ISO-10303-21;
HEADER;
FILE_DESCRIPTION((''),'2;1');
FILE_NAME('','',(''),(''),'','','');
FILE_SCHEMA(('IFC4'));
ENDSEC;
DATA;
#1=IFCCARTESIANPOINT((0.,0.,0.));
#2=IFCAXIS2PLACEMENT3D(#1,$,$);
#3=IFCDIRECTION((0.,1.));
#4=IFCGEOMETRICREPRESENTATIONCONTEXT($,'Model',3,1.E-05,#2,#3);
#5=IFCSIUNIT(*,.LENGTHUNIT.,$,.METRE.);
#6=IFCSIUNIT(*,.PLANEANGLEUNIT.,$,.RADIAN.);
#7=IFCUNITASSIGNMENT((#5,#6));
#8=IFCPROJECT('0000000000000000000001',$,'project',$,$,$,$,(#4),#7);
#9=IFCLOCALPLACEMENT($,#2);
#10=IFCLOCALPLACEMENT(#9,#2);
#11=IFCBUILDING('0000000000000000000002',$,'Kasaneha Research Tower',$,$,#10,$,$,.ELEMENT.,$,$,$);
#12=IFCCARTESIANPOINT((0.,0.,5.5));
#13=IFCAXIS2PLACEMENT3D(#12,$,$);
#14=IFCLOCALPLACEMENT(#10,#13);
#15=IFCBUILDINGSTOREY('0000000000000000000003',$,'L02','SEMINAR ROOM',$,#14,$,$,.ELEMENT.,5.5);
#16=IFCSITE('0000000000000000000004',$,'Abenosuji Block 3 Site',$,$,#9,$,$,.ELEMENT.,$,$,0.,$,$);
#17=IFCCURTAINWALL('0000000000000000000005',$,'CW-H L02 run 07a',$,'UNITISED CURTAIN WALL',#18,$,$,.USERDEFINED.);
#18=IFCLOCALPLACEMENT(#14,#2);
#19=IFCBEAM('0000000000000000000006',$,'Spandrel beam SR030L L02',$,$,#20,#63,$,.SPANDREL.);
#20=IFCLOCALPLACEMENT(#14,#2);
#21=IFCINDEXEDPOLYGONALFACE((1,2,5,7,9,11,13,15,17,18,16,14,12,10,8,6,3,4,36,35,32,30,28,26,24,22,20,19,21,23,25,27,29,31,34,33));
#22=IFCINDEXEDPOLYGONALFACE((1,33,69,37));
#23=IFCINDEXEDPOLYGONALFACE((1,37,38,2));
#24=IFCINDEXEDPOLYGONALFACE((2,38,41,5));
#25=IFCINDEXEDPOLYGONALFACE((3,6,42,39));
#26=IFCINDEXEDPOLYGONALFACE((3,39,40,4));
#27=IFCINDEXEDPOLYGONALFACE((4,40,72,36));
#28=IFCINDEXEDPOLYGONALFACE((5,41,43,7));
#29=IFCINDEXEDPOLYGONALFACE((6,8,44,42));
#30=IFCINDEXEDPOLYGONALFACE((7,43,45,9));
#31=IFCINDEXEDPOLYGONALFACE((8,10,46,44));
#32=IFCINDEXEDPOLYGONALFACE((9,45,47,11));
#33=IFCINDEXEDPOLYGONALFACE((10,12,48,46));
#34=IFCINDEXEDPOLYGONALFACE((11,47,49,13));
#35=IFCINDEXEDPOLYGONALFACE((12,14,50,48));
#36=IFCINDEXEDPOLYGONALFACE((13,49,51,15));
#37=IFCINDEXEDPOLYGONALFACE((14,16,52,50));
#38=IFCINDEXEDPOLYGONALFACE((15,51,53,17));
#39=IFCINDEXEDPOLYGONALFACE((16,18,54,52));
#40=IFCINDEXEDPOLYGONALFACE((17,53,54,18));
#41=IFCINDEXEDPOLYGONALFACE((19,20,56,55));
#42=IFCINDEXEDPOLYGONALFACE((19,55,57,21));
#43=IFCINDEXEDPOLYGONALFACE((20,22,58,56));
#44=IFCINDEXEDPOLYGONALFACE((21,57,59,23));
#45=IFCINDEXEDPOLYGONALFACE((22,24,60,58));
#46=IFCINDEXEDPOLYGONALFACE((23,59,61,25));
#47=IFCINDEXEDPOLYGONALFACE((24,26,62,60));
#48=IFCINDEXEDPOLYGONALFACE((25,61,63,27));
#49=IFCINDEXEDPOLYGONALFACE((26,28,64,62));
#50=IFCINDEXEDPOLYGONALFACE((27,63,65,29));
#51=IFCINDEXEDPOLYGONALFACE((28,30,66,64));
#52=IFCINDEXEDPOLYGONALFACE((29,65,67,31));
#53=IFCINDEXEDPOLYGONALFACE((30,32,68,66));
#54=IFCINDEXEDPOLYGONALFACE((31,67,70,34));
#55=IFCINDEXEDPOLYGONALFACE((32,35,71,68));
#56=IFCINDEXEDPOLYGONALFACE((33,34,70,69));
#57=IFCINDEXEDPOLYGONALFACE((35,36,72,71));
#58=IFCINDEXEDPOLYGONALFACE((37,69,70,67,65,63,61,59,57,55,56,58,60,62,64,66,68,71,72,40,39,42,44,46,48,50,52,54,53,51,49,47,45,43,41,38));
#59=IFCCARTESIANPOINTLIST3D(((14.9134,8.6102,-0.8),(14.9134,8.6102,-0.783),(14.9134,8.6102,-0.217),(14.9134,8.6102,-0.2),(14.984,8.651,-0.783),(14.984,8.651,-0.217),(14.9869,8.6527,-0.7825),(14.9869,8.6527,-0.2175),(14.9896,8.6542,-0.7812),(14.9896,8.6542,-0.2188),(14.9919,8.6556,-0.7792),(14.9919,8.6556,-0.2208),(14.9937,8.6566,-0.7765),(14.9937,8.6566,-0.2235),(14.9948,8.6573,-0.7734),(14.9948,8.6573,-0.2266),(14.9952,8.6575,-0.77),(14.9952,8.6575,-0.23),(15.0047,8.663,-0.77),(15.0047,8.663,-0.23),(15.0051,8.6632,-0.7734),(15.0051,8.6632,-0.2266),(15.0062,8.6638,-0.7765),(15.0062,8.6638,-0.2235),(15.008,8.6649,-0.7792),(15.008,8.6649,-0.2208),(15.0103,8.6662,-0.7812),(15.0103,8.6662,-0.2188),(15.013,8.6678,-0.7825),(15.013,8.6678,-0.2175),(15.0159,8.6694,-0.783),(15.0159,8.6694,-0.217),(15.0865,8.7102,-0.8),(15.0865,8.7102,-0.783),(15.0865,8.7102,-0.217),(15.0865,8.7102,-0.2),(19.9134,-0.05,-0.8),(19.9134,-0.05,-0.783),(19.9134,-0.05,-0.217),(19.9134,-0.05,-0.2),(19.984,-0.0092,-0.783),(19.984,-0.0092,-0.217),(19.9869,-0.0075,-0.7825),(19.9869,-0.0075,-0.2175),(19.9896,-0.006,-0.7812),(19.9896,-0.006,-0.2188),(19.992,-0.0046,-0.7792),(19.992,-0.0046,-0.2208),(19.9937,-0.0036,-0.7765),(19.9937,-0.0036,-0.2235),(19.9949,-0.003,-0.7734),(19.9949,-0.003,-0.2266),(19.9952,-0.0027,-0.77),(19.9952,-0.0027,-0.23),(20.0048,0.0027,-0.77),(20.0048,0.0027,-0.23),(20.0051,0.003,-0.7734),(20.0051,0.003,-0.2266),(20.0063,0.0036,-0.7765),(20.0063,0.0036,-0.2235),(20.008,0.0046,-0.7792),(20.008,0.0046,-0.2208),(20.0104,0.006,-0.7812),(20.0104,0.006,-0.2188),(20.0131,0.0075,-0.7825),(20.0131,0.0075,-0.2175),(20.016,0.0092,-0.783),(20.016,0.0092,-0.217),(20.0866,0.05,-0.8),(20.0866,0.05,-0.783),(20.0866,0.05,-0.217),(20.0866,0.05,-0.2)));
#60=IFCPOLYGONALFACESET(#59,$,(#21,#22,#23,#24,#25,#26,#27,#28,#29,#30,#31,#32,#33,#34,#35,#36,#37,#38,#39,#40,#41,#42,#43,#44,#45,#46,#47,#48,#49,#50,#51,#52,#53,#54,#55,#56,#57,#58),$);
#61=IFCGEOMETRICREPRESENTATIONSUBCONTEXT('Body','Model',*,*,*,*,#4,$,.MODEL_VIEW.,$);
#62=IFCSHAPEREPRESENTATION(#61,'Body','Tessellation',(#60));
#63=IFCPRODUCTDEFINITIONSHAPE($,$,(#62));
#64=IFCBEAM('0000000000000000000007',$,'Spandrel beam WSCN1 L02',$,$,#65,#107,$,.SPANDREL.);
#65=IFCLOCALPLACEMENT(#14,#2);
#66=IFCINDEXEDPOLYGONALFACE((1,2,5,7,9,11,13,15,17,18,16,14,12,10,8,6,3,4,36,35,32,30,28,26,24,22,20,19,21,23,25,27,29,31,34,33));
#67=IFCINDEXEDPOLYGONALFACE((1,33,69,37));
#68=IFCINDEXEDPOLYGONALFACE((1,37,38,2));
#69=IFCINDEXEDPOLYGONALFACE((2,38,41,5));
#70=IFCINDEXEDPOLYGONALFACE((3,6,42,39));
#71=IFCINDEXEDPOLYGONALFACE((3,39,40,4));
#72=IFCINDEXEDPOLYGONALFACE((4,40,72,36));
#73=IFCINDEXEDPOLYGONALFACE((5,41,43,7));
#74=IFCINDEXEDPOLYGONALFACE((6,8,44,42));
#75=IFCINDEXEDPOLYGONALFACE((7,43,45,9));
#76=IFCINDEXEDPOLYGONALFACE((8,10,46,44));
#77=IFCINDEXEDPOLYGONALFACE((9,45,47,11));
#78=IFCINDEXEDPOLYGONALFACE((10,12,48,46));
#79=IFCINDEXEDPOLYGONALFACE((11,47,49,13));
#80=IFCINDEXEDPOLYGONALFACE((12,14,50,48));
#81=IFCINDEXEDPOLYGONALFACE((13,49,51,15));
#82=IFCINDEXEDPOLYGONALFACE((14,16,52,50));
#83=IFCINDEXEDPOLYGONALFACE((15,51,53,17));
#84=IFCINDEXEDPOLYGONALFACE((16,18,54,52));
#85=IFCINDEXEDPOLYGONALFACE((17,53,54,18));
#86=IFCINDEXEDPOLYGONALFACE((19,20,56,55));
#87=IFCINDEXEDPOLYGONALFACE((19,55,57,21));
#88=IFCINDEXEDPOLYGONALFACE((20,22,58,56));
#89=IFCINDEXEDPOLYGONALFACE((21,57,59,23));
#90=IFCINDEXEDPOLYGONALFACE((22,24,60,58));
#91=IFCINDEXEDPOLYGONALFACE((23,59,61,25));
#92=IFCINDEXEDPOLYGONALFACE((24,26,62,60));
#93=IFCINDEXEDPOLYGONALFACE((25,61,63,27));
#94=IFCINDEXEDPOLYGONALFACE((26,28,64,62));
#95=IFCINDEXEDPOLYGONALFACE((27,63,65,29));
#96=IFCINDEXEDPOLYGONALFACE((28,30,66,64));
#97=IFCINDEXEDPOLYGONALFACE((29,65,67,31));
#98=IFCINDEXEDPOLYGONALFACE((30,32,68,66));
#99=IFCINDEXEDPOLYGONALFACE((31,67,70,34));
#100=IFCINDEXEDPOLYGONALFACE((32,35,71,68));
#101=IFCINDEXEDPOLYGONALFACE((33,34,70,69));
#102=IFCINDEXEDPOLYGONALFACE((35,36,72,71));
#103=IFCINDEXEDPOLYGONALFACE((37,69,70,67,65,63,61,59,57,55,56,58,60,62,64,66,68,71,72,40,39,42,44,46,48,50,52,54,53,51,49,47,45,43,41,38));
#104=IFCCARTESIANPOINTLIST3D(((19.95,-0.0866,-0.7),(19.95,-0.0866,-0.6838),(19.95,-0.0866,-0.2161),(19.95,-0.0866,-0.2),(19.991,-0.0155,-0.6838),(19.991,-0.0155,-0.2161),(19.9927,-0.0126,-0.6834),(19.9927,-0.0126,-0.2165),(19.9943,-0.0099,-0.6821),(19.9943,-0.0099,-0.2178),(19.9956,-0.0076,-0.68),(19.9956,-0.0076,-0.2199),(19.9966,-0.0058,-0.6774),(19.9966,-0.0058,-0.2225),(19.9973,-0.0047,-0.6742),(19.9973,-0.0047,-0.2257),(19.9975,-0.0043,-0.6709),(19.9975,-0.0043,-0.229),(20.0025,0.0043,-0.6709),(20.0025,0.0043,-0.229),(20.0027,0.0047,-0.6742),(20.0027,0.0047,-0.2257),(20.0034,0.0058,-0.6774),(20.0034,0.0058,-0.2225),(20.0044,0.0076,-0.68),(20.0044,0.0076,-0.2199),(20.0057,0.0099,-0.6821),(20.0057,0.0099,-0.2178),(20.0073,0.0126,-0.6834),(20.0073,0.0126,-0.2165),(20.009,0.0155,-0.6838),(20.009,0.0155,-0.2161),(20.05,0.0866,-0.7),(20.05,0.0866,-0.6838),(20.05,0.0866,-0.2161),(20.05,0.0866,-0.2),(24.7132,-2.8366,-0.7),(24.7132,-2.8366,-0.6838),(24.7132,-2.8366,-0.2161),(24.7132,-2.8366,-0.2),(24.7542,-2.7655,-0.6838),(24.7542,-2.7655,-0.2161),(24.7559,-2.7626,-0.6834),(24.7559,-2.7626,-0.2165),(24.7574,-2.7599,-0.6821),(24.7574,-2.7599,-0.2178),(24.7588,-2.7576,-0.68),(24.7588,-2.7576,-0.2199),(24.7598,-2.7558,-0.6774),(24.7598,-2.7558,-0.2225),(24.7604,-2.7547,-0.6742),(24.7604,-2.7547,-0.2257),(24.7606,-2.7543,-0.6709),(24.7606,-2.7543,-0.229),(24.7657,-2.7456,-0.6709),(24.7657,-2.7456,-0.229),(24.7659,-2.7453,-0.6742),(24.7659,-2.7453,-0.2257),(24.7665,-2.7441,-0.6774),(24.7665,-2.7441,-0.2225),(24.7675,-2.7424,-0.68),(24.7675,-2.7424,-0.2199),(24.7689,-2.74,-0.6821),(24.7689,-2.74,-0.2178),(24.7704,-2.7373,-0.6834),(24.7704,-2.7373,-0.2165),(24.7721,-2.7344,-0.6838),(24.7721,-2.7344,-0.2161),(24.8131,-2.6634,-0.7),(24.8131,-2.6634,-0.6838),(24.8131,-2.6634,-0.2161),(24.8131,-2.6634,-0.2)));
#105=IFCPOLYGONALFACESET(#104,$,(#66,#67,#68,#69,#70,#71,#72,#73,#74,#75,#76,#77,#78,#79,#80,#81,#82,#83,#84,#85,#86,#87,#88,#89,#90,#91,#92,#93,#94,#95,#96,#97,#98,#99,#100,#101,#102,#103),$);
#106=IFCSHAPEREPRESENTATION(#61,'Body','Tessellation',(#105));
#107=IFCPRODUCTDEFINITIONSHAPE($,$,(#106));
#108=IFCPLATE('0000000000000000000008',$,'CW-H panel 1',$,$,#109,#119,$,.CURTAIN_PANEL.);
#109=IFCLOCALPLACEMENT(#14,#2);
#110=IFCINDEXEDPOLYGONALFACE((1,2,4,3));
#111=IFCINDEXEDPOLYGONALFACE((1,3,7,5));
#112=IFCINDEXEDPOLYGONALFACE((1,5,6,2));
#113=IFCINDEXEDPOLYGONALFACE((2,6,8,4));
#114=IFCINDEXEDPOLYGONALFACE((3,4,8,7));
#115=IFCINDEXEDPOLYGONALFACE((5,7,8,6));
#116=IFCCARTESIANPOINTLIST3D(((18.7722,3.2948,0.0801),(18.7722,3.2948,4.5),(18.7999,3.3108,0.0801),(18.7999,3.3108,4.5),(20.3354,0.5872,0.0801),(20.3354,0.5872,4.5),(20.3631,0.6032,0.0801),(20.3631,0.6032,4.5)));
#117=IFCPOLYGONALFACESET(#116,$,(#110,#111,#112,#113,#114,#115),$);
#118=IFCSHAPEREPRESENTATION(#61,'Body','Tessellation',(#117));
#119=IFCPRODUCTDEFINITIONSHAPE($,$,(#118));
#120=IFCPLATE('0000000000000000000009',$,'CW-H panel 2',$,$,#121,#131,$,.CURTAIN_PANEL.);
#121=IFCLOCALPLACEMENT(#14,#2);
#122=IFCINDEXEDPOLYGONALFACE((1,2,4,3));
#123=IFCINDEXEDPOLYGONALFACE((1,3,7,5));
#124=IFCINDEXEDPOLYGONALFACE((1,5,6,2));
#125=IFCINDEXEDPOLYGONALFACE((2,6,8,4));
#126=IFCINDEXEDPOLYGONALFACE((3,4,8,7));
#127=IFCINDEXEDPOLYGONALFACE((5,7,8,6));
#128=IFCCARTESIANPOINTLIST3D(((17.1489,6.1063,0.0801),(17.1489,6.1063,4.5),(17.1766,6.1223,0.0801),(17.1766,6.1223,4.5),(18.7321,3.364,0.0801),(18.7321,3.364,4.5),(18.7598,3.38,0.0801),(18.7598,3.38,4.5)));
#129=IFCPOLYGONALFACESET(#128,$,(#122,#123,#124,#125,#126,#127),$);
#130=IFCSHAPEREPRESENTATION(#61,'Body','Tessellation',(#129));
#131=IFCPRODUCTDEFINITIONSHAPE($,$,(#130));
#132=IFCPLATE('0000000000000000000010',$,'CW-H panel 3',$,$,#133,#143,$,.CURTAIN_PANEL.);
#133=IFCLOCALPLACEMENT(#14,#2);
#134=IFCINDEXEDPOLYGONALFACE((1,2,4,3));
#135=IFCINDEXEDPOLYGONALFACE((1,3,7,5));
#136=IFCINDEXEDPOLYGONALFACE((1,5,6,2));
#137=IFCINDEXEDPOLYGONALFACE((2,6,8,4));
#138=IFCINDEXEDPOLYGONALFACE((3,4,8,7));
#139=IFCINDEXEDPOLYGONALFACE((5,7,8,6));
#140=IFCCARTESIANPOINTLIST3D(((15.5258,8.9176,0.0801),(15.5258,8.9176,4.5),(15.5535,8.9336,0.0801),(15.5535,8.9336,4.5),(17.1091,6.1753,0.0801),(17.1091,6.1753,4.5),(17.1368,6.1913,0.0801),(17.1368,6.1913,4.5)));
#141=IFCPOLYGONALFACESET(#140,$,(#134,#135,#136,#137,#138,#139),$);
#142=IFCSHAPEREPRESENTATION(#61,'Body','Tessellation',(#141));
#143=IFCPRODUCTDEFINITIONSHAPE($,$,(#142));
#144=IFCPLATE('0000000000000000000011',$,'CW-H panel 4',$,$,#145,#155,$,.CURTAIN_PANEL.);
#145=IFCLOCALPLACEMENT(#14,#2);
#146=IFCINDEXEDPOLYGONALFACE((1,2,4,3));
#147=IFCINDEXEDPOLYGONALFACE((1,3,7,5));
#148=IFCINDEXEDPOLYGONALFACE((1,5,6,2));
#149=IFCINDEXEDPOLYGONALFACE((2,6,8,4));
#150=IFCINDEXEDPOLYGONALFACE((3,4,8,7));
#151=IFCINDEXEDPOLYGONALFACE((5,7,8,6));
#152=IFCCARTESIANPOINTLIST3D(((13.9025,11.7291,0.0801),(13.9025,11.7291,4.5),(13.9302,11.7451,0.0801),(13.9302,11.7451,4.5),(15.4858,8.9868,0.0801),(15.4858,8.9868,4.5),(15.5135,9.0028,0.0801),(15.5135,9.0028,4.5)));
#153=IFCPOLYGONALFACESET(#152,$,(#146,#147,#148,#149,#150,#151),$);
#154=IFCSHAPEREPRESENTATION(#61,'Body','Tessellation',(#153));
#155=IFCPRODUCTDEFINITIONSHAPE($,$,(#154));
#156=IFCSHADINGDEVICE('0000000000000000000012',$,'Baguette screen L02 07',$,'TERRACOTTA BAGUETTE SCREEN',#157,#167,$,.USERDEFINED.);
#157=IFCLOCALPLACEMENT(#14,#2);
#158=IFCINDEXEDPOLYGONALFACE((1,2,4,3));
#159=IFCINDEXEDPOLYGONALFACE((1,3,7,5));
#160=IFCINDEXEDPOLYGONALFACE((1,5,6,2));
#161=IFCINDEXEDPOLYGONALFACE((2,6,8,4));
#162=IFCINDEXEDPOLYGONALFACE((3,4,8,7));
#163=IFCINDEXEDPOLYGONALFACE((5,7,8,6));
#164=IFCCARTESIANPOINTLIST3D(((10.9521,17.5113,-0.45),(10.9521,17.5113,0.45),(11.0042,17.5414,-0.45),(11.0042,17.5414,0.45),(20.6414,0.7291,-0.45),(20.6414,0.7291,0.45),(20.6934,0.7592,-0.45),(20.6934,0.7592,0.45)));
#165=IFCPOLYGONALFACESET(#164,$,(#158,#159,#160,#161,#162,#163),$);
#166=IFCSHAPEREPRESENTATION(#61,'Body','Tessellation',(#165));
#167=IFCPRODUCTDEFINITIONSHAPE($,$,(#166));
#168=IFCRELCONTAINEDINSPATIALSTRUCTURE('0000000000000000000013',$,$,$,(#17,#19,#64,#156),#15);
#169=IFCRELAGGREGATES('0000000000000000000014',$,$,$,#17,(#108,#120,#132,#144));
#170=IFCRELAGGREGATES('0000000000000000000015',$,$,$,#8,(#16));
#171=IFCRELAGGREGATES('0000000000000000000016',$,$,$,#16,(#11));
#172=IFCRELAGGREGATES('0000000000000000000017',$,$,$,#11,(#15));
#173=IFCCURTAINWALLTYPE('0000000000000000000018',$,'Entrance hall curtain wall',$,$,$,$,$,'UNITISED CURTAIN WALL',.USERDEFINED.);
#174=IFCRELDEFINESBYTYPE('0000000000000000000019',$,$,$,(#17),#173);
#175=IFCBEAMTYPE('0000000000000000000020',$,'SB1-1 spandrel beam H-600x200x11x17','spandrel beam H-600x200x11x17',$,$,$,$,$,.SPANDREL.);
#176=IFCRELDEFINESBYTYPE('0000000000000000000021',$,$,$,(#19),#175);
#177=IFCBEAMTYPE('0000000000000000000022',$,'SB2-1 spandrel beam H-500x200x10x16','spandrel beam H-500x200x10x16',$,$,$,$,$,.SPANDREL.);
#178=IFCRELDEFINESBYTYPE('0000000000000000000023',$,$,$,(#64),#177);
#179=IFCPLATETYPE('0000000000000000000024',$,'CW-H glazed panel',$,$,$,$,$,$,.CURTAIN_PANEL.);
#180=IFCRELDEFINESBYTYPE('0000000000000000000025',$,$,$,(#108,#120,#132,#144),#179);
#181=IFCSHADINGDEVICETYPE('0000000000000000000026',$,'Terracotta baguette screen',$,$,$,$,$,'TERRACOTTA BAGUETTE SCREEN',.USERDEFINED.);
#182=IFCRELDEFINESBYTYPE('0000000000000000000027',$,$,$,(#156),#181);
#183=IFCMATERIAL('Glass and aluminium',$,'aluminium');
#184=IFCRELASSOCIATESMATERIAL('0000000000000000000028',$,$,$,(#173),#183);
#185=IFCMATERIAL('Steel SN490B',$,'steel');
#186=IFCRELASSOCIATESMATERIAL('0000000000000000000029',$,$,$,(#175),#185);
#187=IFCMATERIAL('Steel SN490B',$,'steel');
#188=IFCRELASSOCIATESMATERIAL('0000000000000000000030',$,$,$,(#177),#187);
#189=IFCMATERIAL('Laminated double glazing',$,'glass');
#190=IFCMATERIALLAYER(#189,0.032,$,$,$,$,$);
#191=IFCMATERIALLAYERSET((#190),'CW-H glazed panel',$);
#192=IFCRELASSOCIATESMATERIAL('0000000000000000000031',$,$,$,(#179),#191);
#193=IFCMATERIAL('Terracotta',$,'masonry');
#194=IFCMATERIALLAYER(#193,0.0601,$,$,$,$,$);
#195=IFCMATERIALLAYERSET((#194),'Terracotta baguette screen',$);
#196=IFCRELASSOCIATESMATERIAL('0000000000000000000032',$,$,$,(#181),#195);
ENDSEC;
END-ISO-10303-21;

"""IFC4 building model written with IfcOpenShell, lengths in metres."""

from ifc_helpers import new_model, si_unit, direction, frame, origin, origin_2d, place, context, subcontext, project, spatial, rectangle, i_section, extrude, material, layer, layer_set, material_profile, profile_set, type_object, element, aggregate, save


model = new_model("IFC4")

# Units and contexts
model_context = context("Model", 3, precision=1e-05, world=origin(), true_north=direction((0.0, 1.0)))
body_context = subcontext(model_context, "Body", "Model", "MODEL_VIEW")
ifc_project = project(units=[si_unit("LENGTHUNIT", "METRE"), si_unit("PLANEANGLEUNIT", "RADIAN")], contexts=[model_context])

# Site, building, storey
site_placement = place(None, origin())
site = spatial("IfcSite", under=ifc_project, at=site_placement, Name="Abenosuji Block 3 Site", CompositionType="ELEMENT", RefElevation=0.0)
building_placement = place(site_placement, origin())
building = spatial("IfcBuilding", under=site, at=building_placement, Name="Kasaneha Research Tower", CompositionType="ELEMENT")
storey_placement = place(building_placement, frame((0.0, 0.0, 5.5)))
storey = spatial("IfcBuildingStorey", under=building, at=storey_placement, Name="L02", Description="SEMINAR ROOM", CompositionType="ELEMENT", Elevation=5.5)

# Shared definitions
ifc_material_1 = material(Name="Glass and aluminium", Category="aluminium")
curtain_wall_type = type_object("IfcCurtainWallType", Name="Entrance hall curtain wall", ElementType="UNITISED CURTAIN WALL", PredefinedType="USERDEFINED", material=ifc_material_1)

# Curtain wall
curtain_wall_1_placement = place(storey_placement, origin())
curtain_wall_1 = element("IfcCurtainWall", 1, at=curtain_wall_1_placement, inside=storey, type_object=curtain_wall_type, Name="CW-H L02 run 07a", ObjectType="UNITISED CURTAIN WALL", PredefinedType="USERDEFINED")

# Beams
ifc_material_2 = material(Name="Steel SN490B", Category="steel")
ifc_material_profile_1 = material_profile(ifc_material_2, i_section(OverallWidth=0.2, OverallDepth=0.6001, WebThickness=0.011, FlangeThickness=0.0171, FilletRadius=0.0129, at=origin_2d()), Name="H-600x200x11x17")
ifc_profile_set_1 = profile_set([ifc_material_profile_1], Name="Steel SN490B")
beam_type_1 = type_object("IfcBeamType", Name="SB1-1 spandrel beam H-600x200x11x17", Description="spandrel beam H-600x200x11x17", PredefinedType="SPANDREL", material=ifc_profile_set_1)
beam_1_placement = place(storey_placement, frame((20.0, 0.0, -0.5), z_axis=(-0.500004, 0.866023, 0.0), x_axis=(-0.866023, -0.500004, 0.0)))
element("IfcBeam", 2, at=beam_1_placement, inside=storey, type_object=beam_type_1, Name="Spandrel beam SR030L L02", PredefinedType="SPANDREL", context=body_context, shape_type="SweptSolid", body=[
    extrude(i_section(OverallWidth=0.2, OverallDepth=0.6001, WebThickness=0.011, FlangeThickness=0.0171, FilletRadius=0.0129, at=origin_2d()), origin(), (0.0, 0.0, 1.0), 10.0),
])
ifc_material_3 = material(Name="Steel SN490B", Category="steel")
ifc_material_profile_2 = material_profile(ifc_material_3, i_section(OverallWidth=0.2, OverallDepth=0.5, WebThickness=0.01, FlangeThickness=0.0161, FilletRadius=0.0129, at=origin_2d()), Name="H-500x200x10x16")
ifc_profile_set_2 = profile_set([ifc_material_profile_2], Name="Steel SN490B")
beam_type_2 = type_object("IfcBeamType", Name="SB2-1 spandrel beam H-500x200x10x16", Description="spandrel beam H-500x200x10x16", PredefinedType="SPANDREL", material=ifc_profile_set_2)
beam_2_placement = place(storey_placement, frame((20.0, 0.0, -0.45), z_axis=(0.866027, -0.499997, 0.0), x_axis=(0.499997, 0.866027, 0.0)))
element("IfcBeam", 3, at=beam_2_placement, inside=storey, type_object=beam_type_2, Name="Spandrel beam WSCN1 L02", PredefinedType="SPANDREL", context=body_context, shape_type="SweptSolid", body=[
    extrude(i_section(OverallWidth=0.2, OverallDepth=0.5, WebThickness=0.01, FlangeThickness=0.0161, FilletRadius=0.0129, at=origin_2d()), origin(), (0.0, 0.0, 1.0), 5.5),
])

# Plates
ifc_material_4 = material(Name="Laminated double glazing", Category="glass")
ifc_layer_1 = layer(ifc_material_4, 0.032)
ifc_layer_set_1 = layer_set([ifc_layer_1], Name="CW-H glazed panel")
plate_type = type_object("IfcPlateType", Name="CW-H glazed panel", PredefinedType="CURTAIN_PANEL", material=ifc_layer_set_1)
plate_1_placement = place(storey_placement, frame((19.5676, 1.949, 0.0801), z_axis=(0.0, 0.0, 1.0), x_axis=(-0.5, 0.866025, 0.0)))
plate_1 = element("IfcPlate", 4, at=plate_1_placement, type_object=plate_type, Name="CW-H panel 1", PredefinedType="CURTAIN_PANEL", context=body_context, shape_type="SweptSolid", body=[
    extrude(rectangle(XDim=3.1265, YDim=0.032, at=origin_2d()), origin(), (0.0, 0.0, 1.0), 4.4199),
])
plate_2_placement = place(storey_placement, frame((17.9543, 4.7432, 0.0801), z_axis=(0.0, 0.0, 1.0), x_axis=(-0.5, 0.866025, 0.0)))
plate_2 = element("IfcPlate", 5, at=plate_2_placement, type_object=plate_type, Name="CW-H panel 2", PredefinedType="CURTAIN_PANEL", context=body_context, shape_type="SweptSolid", body=[
    extrude(rectangle(XDim=3.1665, YDim=0.032, at=origin_2d()), origin(), (0.0, 0.0, 1.0), 4.4199),
])
plate_3_placement = place(storey_placement, frame((16.3313, 7.5544, 0.0801), z_axis=(0.0, 0.0, 1.0), x_axis=(-0.5, 0.866025, 0.0)))
plate_3 = element("IfcPlate", 6, at=plate_3_placement, type_object=plate_type, Name="CW-H panel 3", PredefinedType="CURTAIN_PANEL", context=body_context, shape_type="SweptSolid", body=[
    extrude(rectangle(XDim=3.1665, YDim=0.032, at=origin_2d()), origin(), (0.0, 0.0, 1.0), 4.4199),
])
plate_4_placement = place(storey_placement, frame((14.708, 10.366, 0.0801), z_axis=(0.0, 0.0, 1.0), x_axis=(-0.5, 0.866025, 0.0)))
plate_4 = element("IfcPlate", 7, at=plate_4_placement, type_object=plate_type, Name="CW-H panel 4", PredefinedType="CURTAIN_PANEL", context=body_context, shape_type="SweptSolid", body=[
    extrude(rectangle(XDim=3.1665, YDim=0.032, at=origin_2d()), origin(), (0.0, 0.0, 1.0), 4.4199),
])
aggregate(curtain_wall_1, [plate_1, plate_2, plate_3, plate_4])

# Shading device
ifc_material_5 = material(Name="Terracotta", Category="masonry")
ifc_layer_2 = layer(ifc_material_5, 0.0601)
ifc_layer_set_2 = layer_set([ifc_layer_2], Name="Terracotta baguette screen")
shading_device_type = type_object("IfcShadingDeviceType", Name="Terracotta baguette screen", ElementType="TERRACOTTA BAGUETTE SCREEN", PredefinedType="USERDEFINED", material=ifc_layer_set_2)
shading_device_placement = place(storey_placement, frame((15.8228, 9.1353, -0.45), z_axis=(0.0, 0.0, 1.0), x_axis=(-0.5, 0.866025, 0.0)))
element("IfcShadingDevice", 8, at=shading_device_placement, inside=storey, type_object=shading_device_type, Name="Baguette screen L02 07", ObjectType="TERRACOTTA BAGUETTE SCREEN", PredefinedType="USERDEFINED", context=body_context, shape_type="SweptSolid", body=[
    extrude(rectangle(XDim=19.3784, YDim=0.0601, at=origin_2d()), origin(), (0.0, 0.0, 1.0), 0.8999),
])

save(model, "model.ifc")
